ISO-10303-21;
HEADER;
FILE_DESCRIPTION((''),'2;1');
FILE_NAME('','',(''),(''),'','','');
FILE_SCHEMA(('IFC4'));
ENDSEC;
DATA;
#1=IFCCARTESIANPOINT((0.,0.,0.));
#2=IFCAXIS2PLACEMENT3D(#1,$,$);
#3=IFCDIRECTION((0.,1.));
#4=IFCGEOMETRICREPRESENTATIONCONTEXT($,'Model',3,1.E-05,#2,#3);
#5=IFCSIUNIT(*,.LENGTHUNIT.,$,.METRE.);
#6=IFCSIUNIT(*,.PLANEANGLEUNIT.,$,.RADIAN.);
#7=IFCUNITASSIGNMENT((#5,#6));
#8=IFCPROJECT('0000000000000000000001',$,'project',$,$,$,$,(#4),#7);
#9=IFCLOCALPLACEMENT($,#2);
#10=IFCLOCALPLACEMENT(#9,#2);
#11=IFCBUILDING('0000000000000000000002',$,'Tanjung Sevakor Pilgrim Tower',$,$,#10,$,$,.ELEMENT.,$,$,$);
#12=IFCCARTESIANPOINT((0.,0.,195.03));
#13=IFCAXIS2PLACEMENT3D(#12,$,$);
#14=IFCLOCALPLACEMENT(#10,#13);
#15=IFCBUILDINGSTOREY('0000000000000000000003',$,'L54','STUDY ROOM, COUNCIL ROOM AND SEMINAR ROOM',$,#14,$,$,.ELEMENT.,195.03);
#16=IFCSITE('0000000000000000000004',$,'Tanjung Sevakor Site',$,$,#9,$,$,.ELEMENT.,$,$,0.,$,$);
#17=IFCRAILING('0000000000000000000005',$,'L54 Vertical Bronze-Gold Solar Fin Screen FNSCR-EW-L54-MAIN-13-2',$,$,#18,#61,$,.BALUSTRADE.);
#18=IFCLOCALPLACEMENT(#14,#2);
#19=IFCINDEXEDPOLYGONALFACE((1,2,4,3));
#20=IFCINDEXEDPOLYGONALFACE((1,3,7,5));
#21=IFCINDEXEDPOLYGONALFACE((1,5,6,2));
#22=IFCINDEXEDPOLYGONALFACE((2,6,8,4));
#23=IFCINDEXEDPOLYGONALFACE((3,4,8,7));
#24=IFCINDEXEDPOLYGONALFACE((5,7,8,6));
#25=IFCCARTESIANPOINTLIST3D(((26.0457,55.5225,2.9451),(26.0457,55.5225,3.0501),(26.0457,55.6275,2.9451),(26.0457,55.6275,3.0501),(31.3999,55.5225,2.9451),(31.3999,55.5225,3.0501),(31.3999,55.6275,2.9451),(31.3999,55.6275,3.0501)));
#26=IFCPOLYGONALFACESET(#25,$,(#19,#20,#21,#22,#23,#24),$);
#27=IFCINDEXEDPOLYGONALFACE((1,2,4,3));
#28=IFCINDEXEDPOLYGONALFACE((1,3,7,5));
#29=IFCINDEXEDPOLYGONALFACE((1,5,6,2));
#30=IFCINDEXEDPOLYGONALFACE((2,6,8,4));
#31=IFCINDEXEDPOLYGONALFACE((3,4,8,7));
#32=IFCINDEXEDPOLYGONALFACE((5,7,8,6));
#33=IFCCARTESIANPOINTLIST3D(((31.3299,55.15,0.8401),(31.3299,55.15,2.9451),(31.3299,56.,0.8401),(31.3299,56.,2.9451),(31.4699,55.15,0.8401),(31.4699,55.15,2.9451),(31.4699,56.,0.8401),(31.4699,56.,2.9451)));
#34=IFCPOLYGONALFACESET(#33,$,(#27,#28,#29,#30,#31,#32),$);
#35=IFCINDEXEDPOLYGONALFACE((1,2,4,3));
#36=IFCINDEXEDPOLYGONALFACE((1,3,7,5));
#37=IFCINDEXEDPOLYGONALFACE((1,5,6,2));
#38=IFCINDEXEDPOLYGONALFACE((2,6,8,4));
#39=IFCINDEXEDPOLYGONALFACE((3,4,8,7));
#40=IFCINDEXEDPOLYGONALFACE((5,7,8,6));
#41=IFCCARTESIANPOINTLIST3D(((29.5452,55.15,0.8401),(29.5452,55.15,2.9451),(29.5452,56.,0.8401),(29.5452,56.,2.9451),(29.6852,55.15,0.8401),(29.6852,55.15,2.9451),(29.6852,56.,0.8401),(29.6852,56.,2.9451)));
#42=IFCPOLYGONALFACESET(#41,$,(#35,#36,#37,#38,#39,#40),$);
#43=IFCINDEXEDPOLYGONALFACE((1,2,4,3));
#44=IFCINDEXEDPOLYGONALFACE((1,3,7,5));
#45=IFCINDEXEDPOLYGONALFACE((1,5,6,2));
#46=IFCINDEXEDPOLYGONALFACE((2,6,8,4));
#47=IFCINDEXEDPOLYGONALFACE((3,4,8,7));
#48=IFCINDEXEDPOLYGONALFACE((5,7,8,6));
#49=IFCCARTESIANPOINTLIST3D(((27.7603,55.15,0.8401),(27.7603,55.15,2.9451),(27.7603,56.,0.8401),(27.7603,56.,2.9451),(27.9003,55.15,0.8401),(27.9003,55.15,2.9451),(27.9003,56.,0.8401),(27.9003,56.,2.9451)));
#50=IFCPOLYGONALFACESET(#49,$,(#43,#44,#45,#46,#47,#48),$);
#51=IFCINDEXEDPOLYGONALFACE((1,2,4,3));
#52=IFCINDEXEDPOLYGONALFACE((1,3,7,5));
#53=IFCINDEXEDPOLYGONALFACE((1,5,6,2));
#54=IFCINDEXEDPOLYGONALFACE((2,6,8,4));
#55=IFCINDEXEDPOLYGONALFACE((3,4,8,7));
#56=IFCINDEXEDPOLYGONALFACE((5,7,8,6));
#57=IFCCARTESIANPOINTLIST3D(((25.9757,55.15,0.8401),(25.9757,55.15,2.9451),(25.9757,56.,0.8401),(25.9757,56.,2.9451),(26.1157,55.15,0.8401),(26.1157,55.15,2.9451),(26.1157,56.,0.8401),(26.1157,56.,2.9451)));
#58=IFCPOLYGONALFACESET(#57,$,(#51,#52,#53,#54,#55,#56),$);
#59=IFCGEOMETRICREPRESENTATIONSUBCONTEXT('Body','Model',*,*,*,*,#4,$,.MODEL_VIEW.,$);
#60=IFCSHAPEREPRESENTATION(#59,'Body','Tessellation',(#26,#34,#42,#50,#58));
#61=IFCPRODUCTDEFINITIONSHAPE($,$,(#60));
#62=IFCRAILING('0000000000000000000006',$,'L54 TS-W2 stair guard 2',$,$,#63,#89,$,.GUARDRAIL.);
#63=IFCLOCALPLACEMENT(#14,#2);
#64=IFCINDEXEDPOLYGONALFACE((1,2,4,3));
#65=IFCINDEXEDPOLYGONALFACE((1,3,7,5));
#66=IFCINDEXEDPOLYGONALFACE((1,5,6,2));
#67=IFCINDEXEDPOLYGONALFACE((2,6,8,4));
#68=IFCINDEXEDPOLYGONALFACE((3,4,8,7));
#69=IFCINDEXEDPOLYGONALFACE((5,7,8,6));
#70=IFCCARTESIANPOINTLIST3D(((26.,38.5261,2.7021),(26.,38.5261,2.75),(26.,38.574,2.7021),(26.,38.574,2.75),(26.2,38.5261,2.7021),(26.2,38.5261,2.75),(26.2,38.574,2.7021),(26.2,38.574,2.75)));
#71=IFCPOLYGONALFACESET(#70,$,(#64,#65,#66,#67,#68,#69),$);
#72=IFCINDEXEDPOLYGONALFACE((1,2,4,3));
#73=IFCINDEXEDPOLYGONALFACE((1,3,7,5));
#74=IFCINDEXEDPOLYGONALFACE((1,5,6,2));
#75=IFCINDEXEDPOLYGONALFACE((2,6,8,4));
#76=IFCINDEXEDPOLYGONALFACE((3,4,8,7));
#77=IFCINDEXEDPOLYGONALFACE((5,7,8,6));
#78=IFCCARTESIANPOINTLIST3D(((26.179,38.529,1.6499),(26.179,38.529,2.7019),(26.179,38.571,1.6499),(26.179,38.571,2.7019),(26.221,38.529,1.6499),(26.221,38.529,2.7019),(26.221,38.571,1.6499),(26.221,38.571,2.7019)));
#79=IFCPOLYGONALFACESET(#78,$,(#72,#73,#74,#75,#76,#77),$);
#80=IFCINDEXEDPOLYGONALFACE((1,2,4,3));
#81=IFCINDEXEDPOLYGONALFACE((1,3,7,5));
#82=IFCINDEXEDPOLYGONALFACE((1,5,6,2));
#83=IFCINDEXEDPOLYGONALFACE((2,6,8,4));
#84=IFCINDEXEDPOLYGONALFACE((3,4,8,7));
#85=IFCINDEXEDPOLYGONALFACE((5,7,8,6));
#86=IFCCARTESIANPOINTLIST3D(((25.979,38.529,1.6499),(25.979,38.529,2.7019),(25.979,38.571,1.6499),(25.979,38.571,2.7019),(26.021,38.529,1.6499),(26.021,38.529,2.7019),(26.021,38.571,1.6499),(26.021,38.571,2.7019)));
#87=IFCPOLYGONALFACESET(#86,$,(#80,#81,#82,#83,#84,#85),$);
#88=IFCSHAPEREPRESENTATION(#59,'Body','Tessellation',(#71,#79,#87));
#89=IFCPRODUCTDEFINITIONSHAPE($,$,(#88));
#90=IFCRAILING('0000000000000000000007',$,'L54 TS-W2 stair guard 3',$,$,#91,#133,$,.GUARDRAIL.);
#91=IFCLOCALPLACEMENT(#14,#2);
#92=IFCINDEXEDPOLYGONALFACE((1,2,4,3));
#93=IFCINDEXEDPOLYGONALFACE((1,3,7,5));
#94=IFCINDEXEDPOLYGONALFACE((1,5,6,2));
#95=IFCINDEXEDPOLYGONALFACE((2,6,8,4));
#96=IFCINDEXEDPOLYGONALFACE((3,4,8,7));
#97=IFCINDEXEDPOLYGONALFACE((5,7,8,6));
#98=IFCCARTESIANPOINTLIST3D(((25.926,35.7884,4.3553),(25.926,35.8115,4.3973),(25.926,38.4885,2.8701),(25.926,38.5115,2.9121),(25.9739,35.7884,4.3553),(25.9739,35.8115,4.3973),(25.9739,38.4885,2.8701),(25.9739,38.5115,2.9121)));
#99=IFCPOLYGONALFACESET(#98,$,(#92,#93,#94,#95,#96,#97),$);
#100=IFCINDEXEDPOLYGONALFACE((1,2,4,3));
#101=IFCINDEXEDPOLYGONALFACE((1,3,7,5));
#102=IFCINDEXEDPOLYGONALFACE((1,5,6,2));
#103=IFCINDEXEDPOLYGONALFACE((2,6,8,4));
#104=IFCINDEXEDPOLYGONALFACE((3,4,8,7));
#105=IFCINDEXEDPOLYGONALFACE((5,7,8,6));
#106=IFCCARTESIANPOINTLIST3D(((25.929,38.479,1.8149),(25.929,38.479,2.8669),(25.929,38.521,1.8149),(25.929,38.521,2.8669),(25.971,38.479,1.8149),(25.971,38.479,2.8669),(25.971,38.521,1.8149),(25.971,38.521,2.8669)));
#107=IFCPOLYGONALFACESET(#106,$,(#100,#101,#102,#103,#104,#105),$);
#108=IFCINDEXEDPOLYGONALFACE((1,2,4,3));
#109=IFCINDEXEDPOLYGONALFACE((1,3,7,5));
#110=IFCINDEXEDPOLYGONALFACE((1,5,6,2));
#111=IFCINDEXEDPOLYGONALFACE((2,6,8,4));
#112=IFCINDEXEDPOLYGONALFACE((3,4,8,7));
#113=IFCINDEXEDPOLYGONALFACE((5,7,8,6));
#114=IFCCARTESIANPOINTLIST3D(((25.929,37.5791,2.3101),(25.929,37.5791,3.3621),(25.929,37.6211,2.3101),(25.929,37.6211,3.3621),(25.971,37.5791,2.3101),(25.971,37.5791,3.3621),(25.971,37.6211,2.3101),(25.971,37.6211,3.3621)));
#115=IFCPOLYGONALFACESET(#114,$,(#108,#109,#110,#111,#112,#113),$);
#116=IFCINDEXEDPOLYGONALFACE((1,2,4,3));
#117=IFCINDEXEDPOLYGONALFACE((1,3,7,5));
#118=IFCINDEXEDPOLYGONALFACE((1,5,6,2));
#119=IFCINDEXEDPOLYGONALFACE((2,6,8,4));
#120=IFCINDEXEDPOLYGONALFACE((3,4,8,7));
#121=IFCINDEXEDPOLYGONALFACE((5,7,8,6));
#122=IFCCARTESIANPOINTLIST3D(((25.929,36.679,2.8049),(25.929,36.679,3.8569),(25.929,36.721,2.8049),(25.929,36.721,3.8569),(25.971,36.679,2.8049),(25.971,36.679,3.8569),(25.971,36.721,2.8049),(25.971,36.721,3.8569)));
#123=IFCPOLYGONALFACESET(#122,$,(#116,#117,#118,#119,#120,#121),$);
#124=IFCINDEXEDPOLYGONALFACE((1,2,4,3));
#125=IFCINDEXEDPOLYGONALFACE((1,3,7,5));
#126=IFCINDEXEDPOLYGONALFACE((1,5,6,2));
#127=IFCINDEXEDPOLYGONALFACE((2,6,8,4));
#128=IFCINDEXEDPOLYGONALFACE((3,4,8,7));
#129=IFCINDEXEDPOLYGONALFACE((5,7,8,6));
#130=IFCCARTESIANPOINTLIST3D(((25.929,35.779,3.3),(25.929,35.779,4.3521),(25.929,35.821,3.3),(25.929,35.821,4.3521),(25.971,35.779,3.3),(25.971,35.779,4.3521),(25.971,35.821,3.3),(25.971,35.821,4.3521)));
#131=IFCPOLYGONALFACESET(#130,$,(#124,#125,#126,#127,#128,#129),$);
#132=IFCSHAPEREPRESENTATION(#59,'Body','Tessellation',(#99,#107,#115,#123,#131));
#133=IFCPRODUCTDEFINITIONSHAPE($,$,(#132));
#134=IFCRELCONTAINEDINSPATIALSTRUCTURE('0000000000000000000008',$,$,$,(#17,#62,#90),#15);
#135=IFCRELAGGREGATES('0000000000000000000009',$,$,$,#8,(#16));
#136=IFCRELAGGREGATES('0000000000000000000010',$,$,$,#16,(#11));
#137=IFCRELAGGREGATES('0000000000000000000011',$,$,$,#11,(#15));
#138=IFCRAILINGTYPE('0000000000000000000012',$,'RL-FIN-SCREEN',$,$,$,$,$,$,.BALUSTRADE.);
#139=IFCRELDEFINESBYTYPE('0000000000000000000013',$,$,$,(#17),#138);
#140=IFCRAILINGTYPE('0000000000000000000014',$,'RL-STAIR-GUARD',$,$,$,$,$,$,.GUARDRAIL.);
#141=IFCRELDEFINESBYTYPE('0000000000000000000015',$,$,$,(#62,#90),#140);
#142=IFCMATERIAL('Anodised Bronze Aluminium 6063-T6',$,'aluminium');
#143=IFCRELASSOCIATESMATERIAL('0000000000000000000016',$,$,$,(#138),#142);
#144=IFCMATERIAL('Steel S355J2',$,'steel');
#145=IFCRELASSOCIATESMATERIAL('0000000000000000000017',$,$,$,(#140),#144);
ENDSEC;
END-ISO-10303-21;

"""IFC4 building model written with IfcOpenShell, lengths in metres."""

from ifc_helpers import new_model, si_unit, direction, frame, origin, place, context, subcontext, project, spatial, rectangle, extrude, material, type_object, element, save


model = new_model("IFC4")

# Units and contexts
model_context = context("Model", 3, precision=1e-05, world=origin(), true_north=direction((0.0, 1.0)))
body_context = subcontext(model_context, "Body", "Model", "MODEL_VIEW")
ifc_project = project(units=[si_unit("LENGTHUNIT", "METRE"), si_unit("PLANEANGLEUNIT", "RADIAN")], contexts=[model_context])

# Site, building, storey
site_placement = place(None, origin())
site = spatial("IfcSite", under=ifc_project, at=site_placement, Name="Tanjung Sevakor Site", CompositionType="ELEMENT", RefElevation=0.0)
building_placement = place(site_placement, origin())
building = spatial("IfcBuilding", under=site, at=building_placement, Name="Tanjung Sevakor Pilgrim Tower", CompositionType="ELEMENT")
storey_placement = place(building_placement, frame((0.0, 0.0, 195.03)))
storey = spatial("IfcBuildingStorey", under=building, at=storey_placement, Name="L54", Description="STUDY ROOM, COUNCIL ROOM AND SEMINAR ROOM", CompositionType="ELEMENT", Elevation=195.03)

# Railings
ifc_material_1 = material(Name="Anodised Bronze Aluminium 6063-T6", Category="aluminium")
railing_type_1 = type_object("IfcRailingType", Name="RL-FIN-SCREEN", PredefinedType="BALUSTRADE", material=ifc_material_1)
railing_1_placement = place(storey_placement, frame((31.3999, 55.575, 0.8401)))
element("IfcRailing", 1, at=railing_1_placement, inside=storey, type_object=railing_type_1, Name="L54 Vertical Bronze-Gold Solar Fin Screen FNSCR-EW-L54-MAIN-13-2", PredefinedType="BALUSTRADE", context=body_context, shape_type="SweptSolid", body=[
    extrude(rectangle(XDim=0.105, YDim=0.105), frame((0.0, 0.0, 2.1575), z_axis=(-1.0, 0.0, 0.0), x_axis=(0.0, -1.0, 0.0)), (0.0, 0.0, 1.0), 5.3542),
    extrude(rectangle(XDim=0.14, YDim=0.85), origin(), (0.0, 0.0, 1.0), 2.105),
    extrude(rectangle(XDim=0.14, YDim=0.85), frame((-1.7847, 0.0, 0.0)), (0.0, 0.0, 1.0), 2.105),
    extrude(rectangle(XDim=0.14, YDim=0.85), frame((-3.5696, 0.0, 0.0)), (0.0, 0.0, 1.0), 2.105),
    extrude(rectangle(XDim=0.14, YDim=0.85), frame((-5.3542, 0.0, 0.0)), (0.0, 0.0, 1.0), 2.105),
])
ifc_material_2 = material(Name="Steel S355J2", Category="steel")
railing_type_2 = type_object("IfcRailingType", Name="RL-STAIR-GUARD", PredefinedType="GUARDRAIL", material=ifc_material_2)
railing_2_placement = place(storey_placement, frame((26.2, 38.55, 1.6499)))
element("IfcRailing", 2, at=railing_2_placement, inside=storey, type_object=railing_type_2, Name="L54 TS-W2 stair guard 2", PredefinedType="GUARDRAIL", context=body_context, shape_type="SweptSolid", body=[
    extrude(rectangle(XDim=0.0479, YDim=0.0479), frame((0.0, 0.0, 1.0762), z_axis=(-1.0, 0.0, 0.0), x_axis=(0.0, -1.0, 0.0)), (0.0, 0.0, 1.0), 0.2),
    extrude(rectangle(XDim=0.042, YDim=0.042), origin(), (0.0, 0.0, 1.0), 1.052),
    extrude(rectangle(XDim=0.042, YDim=0.042), frame((-0.2, 0.0, 0.0)), (0.0, 0.0, 1.0), 1.052),
])
railing_3_placement = place(storey_placement, frame((25.95, 38.5, 1.8149)))
element("IfcRailing", 3, at=railing_3_placement, inside=storey, type_object=railing_type_2, Name="L54 TS-W2 stair guard 3", PredefinedType="GUARDRAIL", context=body_context, shape_type="SweptSolid", body=[
    extrude(rectangle(XDim=0.0479, YDim=0.0479), frame((0.0, 0.0, 1.0762), z_axis=(0.0, -0.876198, 0.481952), x_axis=(1.0, 0.0, 0.0)), (0.0, 0.0, 1.0), 3.0815),
    extrude(rectangle(XDim=0.042, YDim=0.042), origin(), (0.0, 0.0, 1.0), 1.052),
    extrude(rectangle(XDim=0.042, YDim=0.042), frame((0.0, -0.8999, 0.4951)), (0.0, 0.0, 1.0), 1.052),
    extrude(rectangle(XDim=0.042, YDim=0.042), frame((0.0, -1.8, 0.99)), (0.0, 0.0, 1.0), 1.052),
    extrude(rectangle(XDim=0.042, YDim=0.042), frame((0.0, -2.7, 1.4851)), (0.0, 0.0, 1.0), 1.052),
])

save(model, "model.ifc")
